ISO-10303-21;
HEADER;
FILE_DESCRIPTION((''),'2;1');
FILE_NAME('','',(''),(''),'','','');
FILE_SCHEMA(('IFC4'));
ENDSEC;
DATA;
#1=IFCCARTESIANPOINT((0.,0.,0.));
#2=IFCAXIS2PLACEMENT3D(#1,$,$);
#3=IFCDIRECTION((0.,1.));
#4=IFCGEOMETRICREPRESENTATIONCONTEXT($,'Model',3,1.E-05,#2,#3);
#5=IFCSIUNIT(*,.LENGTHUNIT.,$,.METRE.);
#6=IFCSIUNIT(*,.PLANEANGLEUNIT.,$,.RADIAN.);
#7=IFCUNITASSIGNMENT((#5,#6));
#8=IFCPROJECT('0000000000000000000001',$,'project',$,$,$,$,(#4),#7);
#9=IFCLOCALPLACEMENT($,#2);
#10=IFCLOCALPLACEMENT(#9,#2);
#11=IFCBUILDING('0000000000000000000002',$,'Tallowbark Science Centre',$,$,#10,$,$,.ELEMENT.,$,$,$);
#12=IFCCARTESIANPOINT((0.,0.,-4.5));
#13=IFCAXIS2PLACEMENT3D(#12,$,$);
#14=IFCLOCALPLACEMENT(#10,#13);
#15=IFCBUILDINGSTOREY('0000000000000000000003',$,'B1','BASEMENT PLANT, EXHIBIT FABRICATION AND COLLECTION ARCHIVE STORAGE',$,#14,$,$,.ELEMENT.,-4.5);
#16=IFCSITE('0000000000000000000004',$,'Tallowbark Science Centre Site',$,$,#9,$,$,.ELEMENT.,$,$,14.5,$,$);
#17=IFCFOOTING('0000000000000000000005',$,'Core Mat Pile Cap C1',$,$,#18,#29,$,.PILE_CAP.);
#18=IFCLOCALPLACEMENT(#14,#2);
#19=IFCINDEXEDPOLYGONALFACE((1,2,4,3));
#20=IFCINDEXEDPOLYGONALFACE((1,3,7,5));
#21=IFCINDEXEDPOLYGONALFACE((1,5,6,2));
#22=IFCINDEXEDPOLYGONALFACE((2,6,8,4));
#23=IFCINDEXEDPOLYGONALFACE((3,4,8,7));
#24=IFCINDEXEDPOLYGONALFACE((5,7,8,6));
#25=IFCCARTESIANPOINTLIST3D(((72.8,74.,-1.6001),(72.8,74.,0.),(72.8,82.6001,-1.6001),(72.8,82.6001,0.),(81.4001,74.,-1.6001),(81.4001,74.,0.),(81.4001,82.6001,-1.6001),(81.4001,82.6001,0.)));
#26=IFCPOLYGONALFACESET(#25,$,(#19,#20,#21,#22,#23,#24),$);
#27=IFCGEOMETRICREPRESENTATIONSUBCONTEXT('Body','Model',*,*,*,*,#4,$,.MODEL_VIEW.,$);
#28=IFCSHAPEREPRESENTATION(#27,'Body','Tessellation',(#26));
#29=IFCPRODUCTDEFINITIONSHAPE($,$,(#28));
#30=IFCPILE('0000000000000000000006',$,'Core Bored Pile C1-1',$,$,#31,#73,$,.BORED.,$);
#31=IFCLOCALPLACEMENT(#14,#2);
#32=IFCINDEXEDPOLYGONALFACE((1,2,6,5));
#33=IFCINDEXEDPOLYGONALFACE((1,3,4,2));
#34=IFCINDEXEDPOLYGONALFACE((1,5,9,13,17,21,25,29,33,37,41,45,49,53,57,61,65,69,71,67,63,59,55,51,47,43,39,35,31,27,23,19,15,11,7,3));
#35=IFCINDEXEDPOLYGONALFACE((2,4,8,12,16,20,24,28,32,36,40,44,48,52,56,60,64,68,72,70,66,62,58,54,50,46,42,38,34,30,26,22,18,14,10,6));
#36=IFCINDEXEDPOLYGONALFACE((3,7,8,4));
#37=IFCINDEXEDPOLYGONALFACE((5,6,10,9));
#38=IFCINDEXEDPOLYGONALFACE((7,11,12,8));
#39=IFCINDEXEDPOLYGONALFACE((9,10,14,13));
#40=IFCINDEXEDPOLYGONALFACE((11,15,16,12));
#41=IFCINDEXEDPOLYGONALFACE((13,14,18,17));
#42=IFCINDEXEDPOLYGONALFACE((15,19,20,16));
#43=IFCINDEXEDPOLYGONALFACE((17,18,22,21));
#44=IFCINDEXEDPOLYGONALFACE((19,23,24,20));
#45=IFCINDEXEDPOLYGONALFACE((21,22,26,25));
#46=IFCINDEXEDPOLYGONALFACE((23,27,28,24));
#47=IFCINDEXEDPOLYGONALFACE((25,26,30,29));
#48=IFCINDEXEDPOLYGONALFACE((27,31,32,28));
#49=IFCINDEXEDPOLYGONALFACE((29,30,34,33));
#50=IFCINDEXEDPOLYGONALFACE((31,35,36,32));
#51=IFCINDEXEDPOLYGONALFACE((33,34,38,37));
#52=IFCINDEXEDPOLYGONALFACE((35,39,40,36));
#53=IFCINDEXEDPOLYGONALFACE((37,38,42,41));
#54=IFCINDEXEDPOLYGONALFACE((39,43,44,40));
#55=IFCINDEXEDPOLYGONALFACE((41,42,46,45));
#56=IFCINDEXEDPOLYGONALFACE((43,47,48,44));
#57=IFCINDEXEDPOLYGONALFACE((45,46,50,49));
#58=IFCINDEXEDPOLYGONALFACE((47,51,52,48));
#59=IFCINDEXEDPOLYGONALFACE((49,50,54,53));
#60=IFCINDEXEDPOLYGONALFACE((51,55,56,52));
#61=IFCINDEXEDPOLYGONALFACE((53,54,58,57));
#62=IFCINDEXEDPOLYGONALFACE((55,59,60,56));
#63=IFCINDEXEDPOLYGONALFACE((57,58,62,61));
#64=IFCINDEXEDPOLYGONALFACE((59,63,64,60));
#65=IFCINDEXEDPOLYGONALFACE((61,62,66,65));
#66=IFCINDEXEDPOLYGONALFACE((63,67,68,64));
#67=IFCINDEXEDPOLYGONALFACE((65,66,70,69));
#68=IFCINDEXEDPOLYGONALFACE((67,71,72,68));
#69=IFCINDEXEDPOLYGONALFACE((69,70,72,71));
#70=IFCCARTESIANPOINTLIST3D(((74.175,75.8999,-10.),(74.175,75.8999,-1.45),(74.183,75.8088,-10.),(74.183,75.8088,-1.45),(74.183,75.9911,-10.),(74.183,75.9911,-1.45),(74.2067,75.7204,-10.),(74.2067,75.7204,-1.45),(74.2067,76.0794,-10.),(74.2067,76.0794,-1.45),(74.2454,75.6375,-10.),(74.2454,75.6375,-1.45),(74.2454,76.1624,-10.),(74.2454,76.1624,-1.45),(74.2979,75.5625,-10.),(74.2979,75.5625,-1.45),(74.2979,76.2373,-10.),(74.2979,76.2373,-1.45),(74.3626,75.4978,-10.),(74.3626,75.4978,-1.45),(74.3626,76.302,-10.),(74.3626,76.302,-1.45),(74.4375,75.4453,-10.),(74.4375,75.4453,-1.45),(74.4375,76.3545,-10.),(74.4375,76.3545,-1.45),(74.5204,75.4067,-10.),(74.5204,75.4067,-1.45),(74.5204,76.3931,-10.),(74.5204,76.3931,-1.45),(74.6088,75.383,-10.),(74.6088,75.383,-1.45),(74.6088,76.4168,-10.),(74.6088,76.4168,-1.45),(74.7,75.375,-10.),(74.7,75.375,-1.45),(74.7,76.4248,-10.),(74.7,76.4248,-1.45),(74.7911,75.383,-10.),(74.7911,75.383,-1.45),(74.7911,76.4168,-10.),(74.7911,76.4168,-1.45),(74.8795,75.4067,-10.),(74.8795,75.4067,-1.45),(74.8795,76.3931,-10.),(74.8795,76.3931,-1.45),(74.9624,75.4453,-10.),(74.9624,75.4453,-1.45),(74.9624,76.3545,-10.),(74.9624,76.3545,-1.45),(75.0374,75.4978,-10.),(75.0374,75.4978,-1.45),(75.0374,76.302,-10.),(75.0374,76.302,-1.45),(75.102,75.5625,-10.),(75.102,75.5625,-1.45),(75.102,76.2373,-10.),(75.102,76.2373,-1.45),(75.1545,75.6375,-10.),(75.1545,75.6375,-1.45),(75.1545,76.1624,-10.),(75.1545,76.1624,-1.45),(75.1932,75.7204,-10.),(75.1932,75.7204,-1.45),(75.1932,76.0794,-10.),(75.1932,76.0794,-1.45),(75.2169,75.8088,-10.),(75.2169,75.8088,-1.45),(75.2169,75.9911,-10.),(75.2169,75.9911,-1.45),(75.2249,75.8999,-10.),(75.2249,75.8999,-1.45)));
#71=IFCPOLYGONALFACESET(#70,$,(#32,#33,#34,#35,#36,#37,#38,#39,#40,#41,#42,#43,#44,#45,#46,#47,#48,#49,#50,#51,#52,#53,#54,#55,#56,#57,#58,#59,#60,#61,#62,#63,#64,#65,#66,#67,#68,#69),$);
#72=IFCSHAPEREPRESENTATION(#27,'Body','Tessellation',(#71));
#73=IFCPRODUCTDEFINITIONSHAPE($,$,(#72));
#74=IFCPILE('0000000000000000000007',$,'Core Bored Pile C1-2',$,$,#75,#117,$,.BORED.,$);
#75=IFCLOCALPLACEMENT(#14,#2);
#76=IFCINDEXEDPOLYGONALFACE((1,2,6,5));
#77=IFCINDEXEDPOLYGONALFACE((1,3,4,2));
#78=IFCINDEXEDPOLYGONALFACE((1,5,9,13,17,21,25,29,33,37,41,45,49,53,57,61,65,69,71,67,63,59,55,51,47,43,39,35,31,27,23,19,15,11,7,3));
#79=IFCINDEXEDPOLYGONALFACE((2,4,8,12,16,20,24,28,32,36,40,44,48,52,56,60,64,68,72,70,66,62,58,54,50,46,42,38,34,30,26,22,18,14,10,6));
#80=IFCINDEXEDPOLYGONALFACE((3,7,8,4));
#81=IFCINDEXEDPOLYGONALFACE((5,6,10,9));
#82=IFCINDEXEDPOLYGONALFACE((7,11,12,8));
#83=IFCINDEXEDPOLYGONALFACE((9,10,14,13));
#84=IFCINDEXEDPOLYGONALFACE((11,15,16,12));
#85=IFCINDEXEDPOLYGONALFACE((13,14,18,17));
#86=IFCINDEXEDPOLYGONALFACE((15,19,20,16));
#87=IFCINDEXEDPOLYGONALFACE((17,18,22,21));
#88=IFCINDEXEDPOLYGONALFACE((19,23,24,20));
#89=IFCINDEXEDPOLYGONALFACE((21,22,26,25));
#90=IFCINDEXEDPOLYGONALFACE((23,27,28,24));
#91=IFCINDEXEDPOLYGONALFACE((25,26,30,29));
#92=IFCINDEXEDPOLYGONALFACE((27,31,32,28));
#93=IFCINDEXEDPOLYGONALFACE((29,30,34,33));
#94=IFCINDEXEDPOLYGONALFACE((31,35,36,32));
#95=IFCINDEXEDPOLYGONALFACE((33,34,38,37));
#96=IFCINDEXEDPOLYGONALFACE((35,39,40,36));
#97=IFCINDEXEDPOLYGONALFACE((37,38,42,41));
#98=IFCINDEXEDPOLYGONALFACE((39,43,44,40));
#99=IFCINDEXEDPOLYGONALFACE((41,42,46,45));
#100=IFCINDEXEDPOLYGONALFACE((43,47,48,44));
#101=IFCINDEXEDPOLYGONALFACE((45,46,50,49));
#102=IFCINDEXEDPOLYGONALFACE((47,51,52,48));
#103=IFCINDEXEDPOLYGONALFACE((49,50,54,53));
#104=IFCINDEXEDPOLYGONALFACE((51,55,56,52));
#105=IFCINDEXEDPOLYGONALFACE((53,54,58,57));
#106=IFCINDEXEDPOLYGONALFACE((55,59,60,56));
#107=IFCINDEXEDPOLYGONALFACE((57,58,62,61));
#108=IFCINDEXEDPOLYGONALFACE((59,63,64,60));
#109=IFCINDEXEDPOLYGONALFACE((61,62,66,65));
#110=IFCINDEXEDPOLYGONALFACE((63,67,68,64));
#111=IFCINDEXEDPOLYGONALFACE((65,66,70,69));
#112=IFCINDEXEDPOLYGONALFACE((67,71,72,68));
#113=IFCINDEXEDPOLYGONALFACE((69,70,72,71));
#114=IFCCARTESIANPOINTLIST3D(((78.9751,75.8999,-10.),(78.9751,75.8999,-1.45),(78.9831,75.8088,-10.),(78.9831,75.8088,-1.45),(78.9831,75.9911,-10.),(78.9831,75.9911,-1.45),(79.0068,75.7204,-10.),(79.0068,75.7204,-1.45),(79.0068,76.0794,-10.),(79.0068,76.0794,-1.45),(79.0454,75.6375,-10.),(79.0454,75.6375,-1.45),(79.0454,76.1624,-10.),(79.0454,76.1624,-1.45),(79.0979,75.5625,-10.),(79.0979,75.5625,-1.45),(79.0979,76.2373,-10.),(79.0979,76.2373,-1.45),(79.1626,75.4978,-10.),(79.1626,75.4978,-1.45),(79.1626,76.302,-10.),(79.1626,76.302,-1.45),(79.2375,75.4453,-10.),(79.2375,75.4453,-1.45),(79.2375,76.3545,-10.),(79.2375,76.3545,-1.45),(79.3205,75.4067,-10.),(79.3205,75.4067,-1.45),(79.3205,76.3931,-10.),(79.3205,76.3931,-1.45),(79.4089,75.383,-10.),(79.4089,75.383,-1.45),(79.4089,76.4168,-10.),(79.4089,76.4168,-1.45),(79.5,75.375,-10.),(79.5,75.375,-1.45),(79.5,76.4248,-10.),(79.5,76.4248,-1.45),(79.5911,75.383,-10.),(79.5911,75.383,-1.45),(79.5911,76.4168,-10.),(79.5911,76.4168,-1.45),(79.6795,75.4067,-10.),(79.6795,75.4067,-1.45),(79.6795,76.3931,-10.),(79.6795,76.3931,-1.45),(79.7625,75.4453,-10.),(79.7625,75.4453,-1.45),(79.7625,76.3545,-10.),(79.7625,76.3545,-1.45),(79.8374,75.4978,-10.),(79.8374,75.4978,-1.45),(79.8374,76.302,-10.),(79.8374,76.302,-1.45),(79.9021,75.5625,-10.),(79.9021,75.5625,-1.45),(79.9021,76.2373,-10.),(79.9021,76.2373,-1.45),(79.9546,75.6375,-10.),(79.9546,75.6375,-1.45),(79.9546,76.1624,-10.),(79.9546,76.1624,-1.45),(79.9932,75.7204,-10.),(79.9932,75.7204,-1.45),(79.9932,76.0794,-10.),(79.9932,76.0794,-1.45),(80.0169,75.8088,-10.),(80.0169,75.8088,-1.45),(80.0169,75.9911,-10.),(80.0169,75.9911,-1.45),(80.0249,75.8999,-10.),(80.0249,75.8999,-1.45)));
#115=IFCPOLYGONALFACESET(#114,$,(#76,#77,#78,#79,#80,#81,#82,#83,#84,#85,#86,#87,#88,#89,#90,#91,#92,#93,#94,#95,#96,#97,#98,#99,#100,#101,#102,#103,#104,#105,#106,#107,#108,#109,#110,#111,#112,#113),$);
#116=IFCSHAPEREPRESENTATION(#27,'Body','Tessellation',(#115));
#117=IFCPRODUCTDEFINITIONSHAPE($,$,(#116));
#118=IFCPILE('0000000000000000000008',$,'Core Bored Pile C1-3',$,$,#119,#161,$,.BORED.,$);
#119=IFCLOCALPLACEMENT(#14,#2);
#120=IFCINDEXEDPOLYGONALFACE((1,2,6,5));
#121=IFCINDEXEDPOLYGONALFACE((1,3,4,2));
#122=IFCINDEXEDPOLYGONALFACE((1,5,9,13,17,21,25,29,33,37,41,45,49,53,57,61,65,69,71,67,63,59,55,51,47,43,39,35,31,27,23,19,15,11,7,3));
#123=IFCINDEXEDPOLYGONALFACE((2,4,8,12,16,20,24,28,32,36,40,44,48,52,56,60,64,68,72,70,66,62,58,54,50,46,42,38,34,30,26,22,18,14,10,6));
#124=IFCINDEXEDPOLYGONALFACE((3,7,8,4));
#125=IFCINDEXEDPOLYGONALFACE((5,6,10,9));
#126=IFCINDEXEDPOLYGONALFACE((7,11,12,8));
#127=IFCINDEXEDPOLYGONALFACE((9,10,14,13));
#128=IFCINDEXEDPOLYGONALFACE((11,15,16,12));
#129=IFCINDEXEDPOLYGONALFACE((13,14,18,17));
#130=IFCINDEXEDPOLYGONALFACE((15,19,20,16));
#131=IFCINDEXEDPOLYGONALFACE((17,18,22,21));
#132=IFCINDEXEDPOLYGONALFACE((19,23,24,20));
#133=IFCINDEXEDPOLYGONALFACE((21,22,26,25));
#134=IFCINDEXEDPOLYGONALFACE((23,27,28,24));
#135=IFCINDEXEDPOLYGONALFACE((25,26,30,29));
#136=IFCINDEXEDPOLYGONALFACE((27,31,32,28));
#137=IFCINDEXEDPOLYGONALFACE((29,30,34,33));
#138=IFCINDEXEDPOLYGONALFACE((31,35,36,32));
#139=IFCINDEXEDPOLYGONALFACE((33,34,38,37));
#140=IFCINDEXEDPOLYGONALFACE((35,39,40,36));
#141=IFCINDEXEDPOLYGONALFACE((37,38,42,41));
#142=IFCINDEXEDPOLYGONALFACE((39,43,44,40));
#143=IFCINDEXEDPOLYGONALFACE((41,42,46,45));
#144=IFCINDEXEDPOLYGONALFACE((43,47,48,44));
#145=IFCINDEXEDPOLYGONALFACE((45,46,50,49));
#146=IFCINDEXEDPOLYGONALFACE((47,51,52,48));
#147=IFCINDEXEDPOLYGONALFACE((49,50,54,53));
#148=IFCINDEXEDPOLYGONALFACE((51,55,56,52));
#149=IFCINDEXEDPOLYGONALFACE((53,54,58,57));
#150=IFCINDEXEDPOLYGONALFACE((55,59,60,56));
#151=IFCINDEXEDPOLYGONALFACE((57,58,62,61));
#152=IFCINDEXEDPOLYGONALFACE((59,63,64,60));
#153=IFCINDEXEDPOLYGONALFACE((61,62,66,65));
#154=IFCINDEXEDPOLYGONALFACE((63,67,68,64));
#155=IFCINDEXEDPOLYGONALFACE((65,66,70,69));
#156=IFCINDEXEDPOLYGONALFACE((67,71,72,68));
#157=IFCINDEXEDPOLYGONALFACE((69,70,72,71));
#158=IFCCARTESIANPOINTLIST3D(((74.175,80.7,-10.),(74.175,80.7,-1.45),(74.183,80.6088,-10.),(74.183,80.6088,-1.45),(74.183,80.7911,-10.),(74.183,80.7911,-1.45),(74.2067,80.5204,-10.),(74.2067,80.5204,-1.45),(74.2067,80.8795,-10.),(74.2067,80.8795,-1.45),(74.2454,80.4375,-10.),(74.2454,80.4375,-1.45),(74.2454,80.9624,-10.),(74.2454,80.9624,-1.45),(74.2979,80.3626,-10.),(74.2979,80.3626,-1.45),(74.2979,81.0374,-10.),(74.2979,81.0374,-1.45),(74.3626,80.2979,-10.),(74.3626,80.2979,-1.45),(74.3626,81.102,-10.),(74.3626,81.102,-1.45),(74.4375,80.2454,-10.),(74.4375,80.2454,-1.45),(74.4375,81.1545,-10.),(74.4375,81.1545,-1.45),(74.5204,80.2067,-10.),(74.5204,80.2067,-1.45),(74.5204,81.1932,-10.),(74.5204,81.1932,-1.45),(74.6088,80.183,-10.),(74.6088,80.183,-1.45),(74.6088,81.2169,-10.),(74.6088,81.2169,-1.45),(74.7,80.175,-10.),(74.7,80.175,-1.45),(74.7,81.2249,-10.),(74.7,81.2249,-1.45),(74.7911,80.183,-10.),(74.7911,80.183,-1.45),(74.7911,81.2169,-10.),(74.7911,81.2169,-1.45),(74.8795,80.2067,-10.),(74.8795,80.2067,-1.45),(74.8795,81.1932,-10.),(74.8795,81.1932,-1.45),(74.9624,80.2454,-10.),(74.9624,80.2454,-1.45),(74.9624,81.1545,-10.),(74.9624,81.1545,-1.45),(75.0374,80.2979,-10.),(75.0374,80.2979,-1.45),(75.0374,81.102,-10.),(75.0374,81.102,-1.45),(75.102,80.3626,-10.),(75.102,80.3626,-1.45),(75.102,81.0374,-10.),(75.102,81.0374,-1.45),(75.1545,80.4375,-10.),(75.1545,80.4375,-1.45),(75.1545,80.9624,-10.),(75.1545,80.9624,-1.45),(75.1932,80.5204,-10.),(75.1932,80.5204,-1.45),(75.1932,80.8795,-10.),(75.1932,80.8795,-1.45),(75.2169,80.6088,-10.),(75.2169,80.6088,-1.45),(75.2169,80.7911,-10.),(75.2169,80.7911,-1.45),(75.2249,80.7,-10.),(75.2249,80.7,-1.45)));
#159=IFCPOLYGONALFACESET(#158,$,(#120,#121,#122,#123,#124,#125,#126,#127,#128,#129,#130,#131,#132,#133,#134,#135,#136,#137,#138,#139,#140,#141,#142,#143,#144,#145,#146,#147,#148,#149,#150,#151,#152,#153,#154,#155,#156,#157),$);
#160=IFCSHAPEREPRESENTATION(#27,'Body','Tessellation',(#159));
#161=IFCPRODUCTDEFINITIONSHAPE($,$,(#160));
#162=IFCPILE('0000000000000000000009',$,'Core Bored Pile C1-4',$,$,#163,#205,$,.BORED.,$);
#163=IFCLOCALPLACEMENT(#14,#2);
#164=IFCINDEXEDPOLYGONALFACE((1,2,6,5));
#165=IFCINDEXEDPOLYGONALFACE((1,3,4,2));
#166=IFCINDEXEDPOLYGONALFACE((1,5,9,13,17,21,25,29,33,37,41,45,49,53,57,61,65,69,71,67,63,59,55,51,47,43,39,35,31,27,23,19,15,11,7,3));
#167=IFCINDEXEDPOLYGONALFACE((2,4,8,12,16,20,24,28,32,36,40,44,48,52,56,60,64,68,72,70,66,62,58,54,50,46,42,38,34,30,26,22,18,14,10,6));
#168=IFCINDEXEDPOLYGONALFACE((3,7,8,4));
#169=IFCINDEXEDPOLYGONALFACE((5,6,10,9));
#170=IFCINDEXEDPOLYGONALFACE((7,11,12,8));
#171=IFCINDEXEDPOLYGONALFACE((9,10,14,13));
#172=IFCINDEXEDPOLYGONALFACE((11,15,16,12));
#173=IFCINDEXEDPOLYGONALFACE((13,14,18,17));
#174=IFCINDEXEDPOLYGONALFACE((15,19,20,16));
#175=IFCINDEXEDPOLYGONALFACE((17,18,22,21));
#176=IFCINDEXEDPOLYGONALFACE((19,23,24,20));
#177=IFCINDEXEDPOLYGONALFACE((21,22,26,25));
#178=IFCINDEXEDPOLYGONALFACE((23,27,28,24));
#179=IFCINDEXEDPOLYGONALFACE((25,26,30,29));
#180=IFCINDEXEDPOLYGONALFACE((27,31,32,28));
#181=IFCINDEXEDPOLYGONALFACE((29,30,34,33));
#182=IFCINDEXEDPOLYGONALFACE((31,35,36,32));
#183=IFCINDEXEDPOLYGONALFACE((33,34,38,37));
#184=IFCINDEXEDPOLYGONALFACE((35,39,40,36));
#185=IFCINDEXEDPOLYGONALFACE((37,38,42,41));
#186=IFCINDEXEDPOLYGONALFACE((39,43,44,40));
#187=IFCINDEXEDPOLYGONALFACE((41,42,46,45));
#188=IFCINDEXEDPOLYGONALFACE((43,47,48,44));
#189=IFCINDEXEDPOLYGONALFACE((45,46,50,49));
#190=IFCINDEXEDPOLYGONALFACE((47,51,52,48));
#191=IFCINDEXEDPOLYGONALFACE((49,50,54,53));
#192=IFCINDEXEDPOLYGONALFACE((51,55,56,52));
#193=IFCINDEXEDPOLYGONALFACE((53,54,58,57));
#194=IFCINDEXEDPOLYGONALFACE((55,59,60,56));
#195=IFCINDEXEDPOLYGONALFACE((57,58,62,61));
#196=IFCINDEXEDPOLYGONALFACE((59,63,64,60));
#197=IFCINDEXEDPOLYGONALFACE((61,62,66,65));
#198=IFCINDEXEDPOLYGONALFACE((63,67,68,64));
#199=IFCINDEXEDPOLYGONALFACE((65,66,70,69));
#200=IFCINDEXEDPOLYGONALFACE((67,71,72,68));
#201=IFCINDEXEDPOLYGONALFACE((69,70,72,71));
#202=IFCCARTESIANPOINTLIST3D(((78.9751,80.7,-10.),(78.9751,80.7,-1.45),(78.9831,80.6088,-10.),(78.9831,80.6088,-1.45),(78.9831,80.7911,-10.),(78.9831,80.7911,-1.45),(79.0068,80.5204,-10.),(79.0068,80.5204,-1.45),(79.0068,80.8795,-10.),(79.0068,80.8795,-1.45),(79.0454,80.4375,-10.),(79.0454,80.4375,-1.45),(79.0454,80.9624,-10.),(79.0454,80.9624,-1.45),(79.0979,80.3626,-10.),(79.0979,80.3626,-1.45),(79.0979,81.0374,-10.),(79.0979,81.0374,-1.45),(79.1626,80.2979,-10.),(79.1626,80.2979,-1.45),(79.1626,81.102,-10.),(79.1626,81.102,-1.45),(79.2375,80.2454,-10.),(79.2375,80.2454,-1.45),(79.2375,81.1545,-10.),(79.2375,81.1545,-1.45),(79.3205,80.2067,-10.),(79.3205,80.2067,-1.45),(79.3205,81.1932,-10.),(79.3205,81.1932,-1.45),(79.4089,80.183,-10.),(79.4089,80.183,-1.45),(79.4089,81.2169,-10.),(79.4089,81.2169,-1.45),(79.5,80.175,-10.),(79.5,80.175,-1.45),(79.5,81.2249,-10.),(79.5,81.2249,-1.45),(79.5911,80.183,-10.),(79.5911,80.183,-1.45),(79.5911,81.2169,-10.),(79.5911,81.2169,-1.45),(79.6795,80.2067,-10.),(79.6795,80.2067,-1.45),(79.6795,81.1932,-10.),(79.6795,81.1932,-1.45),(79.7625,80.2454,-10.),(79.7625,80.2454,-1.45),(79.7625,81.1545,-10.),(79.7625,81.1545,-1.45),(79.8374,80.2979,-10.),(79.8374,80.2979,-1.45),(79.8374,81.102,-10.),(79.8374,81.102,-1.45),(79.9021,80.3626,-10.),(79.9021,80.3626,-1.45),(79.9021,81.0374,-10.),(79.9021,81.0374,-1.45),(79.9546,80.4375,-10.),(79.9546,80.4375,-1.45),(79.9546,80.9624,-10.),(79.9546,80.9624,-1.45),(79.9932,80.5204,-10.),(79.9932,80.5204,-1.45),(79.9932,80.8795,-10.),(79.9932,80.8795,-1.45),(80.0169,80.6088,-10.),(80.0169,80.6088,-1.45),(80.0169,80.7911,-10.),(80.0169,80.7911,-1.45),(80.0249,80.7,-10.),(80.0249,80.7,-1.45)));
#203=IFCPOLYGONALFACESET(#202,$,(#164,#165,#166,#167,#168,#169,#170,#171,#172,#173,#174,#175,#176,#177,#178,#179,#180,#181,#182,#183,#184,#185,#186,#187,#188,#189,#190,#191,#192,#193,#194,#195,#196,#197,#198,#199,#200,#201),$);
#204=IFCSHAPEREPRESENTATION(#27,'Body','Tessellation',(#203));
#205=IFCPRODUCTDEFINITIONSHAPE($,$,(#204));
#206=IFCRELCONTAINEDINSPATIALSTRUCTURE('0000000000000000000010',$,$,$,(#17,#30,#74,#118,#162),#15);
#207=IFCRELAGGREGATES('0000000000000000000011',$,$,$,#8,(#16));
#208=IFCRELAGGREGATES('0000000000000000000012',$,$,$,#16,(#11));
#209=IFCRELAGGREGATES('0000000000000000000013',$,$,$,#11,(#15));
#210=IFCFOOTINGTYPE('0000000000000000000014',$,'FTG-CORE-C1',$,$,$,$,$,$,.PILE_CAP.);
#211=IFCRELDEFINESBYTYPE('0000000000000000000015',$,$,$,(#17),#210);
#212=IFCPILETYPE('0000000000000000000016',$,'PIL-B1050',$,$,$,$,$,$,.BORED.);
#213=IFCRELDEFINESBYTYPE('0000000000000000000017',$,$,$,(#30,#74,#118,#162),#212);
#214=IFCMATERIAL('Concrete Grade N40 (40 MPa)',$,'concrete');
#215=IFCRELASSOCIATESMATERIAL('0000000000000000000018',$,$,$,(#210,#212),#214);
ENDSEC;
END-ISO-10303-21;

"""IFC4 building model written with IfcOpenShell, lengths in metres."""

from ifc_helpers import new_model, si_unit, direction, frame, origin, origin_2d, place, context, subcontext, project, spatial, rectangle, circle, extrude, material, material_profile, profile_set, type_object, element, save


model = new_model("IFC4")

# Units and contexts
model_context = context("Model", 3, precision=1e-05, world=origin(), true_north=direction((0.0, 1.0)))
body_context = subcontext(model_context, "Body", "Model", "MODEL_VIEW")
ifc_project = project(units=[si_unit("LENGTHUNIT", "METRE"), si_unit("PLANEANGLEUNIT", "RADIAN")], contexts=[model_context])

# Site, building, storey
site_placement = place(None, origin())
site = spatial("IfcSite", under=ifc_project, at=site_placement, Name="Tallowbark Science Centre Site", CompositionType="ELEMENT", RefElevation=14.5)
building_placement = place(site_placement, origin())
building = spatial("IfcBuilding", under=site, at=building_placement, Name="Tallowbark Science Centre", CompositionType="ELEMENT")
storey_placement = place(building_placement, frame((0.0, 0.0, -4.5)))
storey = spatial("IfcBuildingStorey", under=building, at=storey_placement, Name="B1", Description="BASEMENT PLANT, EXHIBIT FABRICATION AND COLLECTION ARCHIVE STORAGE", CompositionType="ELEMENT", Elevation=-4.5)

# Footing
ifc_material_1 = material(Name="Concrete Grade N40 (40 MPa)", Category="concrete")
footing_type = type_object("IfcFootingType", Name="FTG-CORE-C1", PredefinedType="PILE_CAP", material=ifc_material_1)
footing_placement = place(storey_placement, frame((77.1001, 78.3, -1.6001), z_axis=(0.0, 0.0, 1.0), x_axis=(1.0, 0.0, 0.0)))
element("IfcFooting", 1, at=footing_placement, inside=storey, type_object=footing_type, Name="Core Mat Pile Cap C1", PredefinedType="PILE_CAP", context=body_context, shape_type="SweptSolid", body=[
    extrude(rectangle(XDim=8.6001, YDim=8.6001, at=origin_2d()), origin(), (0.0, 0.0, 1.0), 1.6001),
])

# Piles
ifc_material_profile_1 = material_profile(ifc_material_1, circle(Radius=0.5249, at=origin_2d()), Name="PILE1050")
ifc_profile_set_1 = profile_set([ifc_material_profile_1], Name="Concrete Grade N40 (40 MPa)")
pile_type_1 = type_object("IfcPileType", Name="PIL-B1050", PredefinedType="BORED", material=ifc_profile_set_1)
for number, where, z_axis, x_axis, name in (
    (2, (74.7, 75.8999, -1.45), (0.0, 0.0, -1.0), (1.0, 0.0, 0.0), "Core Bored Pile C1-1"),
    (3, (79.5, 75.8999, -1.45), (0.0, 0.0, -1.0), (1.0, 0.0, 0.0), "Core Bored Pile C1-2"),
    (4, (74.7, 80.7, -1.45), (0.0, 0.0, -1.0), (1.0, 0.0, 0.0), "Core Bored Pile C1-3"),
    (5, (79.5, 80.7, -1.45), (0.0, 0.0, -1.0), (1.0, 0.0, 0.0), "Core Bored Pile C1-4"),
):
    element("IfcPile", number, at=place(storey_placement, frame(where, z_axis=z_axis, x_axis=x_axis)), inside=storey, type_object=pile_type_1, Name=name, PredefinedType="BORED", context=body_context, shape_type="SweptSolid", body=[
        extrude(circle(Radius=0.5249, at=origin_2d()), origin(), (0.0, 0.0, 1.0), 8.55),
    ])

save(model, "model.ifc")
